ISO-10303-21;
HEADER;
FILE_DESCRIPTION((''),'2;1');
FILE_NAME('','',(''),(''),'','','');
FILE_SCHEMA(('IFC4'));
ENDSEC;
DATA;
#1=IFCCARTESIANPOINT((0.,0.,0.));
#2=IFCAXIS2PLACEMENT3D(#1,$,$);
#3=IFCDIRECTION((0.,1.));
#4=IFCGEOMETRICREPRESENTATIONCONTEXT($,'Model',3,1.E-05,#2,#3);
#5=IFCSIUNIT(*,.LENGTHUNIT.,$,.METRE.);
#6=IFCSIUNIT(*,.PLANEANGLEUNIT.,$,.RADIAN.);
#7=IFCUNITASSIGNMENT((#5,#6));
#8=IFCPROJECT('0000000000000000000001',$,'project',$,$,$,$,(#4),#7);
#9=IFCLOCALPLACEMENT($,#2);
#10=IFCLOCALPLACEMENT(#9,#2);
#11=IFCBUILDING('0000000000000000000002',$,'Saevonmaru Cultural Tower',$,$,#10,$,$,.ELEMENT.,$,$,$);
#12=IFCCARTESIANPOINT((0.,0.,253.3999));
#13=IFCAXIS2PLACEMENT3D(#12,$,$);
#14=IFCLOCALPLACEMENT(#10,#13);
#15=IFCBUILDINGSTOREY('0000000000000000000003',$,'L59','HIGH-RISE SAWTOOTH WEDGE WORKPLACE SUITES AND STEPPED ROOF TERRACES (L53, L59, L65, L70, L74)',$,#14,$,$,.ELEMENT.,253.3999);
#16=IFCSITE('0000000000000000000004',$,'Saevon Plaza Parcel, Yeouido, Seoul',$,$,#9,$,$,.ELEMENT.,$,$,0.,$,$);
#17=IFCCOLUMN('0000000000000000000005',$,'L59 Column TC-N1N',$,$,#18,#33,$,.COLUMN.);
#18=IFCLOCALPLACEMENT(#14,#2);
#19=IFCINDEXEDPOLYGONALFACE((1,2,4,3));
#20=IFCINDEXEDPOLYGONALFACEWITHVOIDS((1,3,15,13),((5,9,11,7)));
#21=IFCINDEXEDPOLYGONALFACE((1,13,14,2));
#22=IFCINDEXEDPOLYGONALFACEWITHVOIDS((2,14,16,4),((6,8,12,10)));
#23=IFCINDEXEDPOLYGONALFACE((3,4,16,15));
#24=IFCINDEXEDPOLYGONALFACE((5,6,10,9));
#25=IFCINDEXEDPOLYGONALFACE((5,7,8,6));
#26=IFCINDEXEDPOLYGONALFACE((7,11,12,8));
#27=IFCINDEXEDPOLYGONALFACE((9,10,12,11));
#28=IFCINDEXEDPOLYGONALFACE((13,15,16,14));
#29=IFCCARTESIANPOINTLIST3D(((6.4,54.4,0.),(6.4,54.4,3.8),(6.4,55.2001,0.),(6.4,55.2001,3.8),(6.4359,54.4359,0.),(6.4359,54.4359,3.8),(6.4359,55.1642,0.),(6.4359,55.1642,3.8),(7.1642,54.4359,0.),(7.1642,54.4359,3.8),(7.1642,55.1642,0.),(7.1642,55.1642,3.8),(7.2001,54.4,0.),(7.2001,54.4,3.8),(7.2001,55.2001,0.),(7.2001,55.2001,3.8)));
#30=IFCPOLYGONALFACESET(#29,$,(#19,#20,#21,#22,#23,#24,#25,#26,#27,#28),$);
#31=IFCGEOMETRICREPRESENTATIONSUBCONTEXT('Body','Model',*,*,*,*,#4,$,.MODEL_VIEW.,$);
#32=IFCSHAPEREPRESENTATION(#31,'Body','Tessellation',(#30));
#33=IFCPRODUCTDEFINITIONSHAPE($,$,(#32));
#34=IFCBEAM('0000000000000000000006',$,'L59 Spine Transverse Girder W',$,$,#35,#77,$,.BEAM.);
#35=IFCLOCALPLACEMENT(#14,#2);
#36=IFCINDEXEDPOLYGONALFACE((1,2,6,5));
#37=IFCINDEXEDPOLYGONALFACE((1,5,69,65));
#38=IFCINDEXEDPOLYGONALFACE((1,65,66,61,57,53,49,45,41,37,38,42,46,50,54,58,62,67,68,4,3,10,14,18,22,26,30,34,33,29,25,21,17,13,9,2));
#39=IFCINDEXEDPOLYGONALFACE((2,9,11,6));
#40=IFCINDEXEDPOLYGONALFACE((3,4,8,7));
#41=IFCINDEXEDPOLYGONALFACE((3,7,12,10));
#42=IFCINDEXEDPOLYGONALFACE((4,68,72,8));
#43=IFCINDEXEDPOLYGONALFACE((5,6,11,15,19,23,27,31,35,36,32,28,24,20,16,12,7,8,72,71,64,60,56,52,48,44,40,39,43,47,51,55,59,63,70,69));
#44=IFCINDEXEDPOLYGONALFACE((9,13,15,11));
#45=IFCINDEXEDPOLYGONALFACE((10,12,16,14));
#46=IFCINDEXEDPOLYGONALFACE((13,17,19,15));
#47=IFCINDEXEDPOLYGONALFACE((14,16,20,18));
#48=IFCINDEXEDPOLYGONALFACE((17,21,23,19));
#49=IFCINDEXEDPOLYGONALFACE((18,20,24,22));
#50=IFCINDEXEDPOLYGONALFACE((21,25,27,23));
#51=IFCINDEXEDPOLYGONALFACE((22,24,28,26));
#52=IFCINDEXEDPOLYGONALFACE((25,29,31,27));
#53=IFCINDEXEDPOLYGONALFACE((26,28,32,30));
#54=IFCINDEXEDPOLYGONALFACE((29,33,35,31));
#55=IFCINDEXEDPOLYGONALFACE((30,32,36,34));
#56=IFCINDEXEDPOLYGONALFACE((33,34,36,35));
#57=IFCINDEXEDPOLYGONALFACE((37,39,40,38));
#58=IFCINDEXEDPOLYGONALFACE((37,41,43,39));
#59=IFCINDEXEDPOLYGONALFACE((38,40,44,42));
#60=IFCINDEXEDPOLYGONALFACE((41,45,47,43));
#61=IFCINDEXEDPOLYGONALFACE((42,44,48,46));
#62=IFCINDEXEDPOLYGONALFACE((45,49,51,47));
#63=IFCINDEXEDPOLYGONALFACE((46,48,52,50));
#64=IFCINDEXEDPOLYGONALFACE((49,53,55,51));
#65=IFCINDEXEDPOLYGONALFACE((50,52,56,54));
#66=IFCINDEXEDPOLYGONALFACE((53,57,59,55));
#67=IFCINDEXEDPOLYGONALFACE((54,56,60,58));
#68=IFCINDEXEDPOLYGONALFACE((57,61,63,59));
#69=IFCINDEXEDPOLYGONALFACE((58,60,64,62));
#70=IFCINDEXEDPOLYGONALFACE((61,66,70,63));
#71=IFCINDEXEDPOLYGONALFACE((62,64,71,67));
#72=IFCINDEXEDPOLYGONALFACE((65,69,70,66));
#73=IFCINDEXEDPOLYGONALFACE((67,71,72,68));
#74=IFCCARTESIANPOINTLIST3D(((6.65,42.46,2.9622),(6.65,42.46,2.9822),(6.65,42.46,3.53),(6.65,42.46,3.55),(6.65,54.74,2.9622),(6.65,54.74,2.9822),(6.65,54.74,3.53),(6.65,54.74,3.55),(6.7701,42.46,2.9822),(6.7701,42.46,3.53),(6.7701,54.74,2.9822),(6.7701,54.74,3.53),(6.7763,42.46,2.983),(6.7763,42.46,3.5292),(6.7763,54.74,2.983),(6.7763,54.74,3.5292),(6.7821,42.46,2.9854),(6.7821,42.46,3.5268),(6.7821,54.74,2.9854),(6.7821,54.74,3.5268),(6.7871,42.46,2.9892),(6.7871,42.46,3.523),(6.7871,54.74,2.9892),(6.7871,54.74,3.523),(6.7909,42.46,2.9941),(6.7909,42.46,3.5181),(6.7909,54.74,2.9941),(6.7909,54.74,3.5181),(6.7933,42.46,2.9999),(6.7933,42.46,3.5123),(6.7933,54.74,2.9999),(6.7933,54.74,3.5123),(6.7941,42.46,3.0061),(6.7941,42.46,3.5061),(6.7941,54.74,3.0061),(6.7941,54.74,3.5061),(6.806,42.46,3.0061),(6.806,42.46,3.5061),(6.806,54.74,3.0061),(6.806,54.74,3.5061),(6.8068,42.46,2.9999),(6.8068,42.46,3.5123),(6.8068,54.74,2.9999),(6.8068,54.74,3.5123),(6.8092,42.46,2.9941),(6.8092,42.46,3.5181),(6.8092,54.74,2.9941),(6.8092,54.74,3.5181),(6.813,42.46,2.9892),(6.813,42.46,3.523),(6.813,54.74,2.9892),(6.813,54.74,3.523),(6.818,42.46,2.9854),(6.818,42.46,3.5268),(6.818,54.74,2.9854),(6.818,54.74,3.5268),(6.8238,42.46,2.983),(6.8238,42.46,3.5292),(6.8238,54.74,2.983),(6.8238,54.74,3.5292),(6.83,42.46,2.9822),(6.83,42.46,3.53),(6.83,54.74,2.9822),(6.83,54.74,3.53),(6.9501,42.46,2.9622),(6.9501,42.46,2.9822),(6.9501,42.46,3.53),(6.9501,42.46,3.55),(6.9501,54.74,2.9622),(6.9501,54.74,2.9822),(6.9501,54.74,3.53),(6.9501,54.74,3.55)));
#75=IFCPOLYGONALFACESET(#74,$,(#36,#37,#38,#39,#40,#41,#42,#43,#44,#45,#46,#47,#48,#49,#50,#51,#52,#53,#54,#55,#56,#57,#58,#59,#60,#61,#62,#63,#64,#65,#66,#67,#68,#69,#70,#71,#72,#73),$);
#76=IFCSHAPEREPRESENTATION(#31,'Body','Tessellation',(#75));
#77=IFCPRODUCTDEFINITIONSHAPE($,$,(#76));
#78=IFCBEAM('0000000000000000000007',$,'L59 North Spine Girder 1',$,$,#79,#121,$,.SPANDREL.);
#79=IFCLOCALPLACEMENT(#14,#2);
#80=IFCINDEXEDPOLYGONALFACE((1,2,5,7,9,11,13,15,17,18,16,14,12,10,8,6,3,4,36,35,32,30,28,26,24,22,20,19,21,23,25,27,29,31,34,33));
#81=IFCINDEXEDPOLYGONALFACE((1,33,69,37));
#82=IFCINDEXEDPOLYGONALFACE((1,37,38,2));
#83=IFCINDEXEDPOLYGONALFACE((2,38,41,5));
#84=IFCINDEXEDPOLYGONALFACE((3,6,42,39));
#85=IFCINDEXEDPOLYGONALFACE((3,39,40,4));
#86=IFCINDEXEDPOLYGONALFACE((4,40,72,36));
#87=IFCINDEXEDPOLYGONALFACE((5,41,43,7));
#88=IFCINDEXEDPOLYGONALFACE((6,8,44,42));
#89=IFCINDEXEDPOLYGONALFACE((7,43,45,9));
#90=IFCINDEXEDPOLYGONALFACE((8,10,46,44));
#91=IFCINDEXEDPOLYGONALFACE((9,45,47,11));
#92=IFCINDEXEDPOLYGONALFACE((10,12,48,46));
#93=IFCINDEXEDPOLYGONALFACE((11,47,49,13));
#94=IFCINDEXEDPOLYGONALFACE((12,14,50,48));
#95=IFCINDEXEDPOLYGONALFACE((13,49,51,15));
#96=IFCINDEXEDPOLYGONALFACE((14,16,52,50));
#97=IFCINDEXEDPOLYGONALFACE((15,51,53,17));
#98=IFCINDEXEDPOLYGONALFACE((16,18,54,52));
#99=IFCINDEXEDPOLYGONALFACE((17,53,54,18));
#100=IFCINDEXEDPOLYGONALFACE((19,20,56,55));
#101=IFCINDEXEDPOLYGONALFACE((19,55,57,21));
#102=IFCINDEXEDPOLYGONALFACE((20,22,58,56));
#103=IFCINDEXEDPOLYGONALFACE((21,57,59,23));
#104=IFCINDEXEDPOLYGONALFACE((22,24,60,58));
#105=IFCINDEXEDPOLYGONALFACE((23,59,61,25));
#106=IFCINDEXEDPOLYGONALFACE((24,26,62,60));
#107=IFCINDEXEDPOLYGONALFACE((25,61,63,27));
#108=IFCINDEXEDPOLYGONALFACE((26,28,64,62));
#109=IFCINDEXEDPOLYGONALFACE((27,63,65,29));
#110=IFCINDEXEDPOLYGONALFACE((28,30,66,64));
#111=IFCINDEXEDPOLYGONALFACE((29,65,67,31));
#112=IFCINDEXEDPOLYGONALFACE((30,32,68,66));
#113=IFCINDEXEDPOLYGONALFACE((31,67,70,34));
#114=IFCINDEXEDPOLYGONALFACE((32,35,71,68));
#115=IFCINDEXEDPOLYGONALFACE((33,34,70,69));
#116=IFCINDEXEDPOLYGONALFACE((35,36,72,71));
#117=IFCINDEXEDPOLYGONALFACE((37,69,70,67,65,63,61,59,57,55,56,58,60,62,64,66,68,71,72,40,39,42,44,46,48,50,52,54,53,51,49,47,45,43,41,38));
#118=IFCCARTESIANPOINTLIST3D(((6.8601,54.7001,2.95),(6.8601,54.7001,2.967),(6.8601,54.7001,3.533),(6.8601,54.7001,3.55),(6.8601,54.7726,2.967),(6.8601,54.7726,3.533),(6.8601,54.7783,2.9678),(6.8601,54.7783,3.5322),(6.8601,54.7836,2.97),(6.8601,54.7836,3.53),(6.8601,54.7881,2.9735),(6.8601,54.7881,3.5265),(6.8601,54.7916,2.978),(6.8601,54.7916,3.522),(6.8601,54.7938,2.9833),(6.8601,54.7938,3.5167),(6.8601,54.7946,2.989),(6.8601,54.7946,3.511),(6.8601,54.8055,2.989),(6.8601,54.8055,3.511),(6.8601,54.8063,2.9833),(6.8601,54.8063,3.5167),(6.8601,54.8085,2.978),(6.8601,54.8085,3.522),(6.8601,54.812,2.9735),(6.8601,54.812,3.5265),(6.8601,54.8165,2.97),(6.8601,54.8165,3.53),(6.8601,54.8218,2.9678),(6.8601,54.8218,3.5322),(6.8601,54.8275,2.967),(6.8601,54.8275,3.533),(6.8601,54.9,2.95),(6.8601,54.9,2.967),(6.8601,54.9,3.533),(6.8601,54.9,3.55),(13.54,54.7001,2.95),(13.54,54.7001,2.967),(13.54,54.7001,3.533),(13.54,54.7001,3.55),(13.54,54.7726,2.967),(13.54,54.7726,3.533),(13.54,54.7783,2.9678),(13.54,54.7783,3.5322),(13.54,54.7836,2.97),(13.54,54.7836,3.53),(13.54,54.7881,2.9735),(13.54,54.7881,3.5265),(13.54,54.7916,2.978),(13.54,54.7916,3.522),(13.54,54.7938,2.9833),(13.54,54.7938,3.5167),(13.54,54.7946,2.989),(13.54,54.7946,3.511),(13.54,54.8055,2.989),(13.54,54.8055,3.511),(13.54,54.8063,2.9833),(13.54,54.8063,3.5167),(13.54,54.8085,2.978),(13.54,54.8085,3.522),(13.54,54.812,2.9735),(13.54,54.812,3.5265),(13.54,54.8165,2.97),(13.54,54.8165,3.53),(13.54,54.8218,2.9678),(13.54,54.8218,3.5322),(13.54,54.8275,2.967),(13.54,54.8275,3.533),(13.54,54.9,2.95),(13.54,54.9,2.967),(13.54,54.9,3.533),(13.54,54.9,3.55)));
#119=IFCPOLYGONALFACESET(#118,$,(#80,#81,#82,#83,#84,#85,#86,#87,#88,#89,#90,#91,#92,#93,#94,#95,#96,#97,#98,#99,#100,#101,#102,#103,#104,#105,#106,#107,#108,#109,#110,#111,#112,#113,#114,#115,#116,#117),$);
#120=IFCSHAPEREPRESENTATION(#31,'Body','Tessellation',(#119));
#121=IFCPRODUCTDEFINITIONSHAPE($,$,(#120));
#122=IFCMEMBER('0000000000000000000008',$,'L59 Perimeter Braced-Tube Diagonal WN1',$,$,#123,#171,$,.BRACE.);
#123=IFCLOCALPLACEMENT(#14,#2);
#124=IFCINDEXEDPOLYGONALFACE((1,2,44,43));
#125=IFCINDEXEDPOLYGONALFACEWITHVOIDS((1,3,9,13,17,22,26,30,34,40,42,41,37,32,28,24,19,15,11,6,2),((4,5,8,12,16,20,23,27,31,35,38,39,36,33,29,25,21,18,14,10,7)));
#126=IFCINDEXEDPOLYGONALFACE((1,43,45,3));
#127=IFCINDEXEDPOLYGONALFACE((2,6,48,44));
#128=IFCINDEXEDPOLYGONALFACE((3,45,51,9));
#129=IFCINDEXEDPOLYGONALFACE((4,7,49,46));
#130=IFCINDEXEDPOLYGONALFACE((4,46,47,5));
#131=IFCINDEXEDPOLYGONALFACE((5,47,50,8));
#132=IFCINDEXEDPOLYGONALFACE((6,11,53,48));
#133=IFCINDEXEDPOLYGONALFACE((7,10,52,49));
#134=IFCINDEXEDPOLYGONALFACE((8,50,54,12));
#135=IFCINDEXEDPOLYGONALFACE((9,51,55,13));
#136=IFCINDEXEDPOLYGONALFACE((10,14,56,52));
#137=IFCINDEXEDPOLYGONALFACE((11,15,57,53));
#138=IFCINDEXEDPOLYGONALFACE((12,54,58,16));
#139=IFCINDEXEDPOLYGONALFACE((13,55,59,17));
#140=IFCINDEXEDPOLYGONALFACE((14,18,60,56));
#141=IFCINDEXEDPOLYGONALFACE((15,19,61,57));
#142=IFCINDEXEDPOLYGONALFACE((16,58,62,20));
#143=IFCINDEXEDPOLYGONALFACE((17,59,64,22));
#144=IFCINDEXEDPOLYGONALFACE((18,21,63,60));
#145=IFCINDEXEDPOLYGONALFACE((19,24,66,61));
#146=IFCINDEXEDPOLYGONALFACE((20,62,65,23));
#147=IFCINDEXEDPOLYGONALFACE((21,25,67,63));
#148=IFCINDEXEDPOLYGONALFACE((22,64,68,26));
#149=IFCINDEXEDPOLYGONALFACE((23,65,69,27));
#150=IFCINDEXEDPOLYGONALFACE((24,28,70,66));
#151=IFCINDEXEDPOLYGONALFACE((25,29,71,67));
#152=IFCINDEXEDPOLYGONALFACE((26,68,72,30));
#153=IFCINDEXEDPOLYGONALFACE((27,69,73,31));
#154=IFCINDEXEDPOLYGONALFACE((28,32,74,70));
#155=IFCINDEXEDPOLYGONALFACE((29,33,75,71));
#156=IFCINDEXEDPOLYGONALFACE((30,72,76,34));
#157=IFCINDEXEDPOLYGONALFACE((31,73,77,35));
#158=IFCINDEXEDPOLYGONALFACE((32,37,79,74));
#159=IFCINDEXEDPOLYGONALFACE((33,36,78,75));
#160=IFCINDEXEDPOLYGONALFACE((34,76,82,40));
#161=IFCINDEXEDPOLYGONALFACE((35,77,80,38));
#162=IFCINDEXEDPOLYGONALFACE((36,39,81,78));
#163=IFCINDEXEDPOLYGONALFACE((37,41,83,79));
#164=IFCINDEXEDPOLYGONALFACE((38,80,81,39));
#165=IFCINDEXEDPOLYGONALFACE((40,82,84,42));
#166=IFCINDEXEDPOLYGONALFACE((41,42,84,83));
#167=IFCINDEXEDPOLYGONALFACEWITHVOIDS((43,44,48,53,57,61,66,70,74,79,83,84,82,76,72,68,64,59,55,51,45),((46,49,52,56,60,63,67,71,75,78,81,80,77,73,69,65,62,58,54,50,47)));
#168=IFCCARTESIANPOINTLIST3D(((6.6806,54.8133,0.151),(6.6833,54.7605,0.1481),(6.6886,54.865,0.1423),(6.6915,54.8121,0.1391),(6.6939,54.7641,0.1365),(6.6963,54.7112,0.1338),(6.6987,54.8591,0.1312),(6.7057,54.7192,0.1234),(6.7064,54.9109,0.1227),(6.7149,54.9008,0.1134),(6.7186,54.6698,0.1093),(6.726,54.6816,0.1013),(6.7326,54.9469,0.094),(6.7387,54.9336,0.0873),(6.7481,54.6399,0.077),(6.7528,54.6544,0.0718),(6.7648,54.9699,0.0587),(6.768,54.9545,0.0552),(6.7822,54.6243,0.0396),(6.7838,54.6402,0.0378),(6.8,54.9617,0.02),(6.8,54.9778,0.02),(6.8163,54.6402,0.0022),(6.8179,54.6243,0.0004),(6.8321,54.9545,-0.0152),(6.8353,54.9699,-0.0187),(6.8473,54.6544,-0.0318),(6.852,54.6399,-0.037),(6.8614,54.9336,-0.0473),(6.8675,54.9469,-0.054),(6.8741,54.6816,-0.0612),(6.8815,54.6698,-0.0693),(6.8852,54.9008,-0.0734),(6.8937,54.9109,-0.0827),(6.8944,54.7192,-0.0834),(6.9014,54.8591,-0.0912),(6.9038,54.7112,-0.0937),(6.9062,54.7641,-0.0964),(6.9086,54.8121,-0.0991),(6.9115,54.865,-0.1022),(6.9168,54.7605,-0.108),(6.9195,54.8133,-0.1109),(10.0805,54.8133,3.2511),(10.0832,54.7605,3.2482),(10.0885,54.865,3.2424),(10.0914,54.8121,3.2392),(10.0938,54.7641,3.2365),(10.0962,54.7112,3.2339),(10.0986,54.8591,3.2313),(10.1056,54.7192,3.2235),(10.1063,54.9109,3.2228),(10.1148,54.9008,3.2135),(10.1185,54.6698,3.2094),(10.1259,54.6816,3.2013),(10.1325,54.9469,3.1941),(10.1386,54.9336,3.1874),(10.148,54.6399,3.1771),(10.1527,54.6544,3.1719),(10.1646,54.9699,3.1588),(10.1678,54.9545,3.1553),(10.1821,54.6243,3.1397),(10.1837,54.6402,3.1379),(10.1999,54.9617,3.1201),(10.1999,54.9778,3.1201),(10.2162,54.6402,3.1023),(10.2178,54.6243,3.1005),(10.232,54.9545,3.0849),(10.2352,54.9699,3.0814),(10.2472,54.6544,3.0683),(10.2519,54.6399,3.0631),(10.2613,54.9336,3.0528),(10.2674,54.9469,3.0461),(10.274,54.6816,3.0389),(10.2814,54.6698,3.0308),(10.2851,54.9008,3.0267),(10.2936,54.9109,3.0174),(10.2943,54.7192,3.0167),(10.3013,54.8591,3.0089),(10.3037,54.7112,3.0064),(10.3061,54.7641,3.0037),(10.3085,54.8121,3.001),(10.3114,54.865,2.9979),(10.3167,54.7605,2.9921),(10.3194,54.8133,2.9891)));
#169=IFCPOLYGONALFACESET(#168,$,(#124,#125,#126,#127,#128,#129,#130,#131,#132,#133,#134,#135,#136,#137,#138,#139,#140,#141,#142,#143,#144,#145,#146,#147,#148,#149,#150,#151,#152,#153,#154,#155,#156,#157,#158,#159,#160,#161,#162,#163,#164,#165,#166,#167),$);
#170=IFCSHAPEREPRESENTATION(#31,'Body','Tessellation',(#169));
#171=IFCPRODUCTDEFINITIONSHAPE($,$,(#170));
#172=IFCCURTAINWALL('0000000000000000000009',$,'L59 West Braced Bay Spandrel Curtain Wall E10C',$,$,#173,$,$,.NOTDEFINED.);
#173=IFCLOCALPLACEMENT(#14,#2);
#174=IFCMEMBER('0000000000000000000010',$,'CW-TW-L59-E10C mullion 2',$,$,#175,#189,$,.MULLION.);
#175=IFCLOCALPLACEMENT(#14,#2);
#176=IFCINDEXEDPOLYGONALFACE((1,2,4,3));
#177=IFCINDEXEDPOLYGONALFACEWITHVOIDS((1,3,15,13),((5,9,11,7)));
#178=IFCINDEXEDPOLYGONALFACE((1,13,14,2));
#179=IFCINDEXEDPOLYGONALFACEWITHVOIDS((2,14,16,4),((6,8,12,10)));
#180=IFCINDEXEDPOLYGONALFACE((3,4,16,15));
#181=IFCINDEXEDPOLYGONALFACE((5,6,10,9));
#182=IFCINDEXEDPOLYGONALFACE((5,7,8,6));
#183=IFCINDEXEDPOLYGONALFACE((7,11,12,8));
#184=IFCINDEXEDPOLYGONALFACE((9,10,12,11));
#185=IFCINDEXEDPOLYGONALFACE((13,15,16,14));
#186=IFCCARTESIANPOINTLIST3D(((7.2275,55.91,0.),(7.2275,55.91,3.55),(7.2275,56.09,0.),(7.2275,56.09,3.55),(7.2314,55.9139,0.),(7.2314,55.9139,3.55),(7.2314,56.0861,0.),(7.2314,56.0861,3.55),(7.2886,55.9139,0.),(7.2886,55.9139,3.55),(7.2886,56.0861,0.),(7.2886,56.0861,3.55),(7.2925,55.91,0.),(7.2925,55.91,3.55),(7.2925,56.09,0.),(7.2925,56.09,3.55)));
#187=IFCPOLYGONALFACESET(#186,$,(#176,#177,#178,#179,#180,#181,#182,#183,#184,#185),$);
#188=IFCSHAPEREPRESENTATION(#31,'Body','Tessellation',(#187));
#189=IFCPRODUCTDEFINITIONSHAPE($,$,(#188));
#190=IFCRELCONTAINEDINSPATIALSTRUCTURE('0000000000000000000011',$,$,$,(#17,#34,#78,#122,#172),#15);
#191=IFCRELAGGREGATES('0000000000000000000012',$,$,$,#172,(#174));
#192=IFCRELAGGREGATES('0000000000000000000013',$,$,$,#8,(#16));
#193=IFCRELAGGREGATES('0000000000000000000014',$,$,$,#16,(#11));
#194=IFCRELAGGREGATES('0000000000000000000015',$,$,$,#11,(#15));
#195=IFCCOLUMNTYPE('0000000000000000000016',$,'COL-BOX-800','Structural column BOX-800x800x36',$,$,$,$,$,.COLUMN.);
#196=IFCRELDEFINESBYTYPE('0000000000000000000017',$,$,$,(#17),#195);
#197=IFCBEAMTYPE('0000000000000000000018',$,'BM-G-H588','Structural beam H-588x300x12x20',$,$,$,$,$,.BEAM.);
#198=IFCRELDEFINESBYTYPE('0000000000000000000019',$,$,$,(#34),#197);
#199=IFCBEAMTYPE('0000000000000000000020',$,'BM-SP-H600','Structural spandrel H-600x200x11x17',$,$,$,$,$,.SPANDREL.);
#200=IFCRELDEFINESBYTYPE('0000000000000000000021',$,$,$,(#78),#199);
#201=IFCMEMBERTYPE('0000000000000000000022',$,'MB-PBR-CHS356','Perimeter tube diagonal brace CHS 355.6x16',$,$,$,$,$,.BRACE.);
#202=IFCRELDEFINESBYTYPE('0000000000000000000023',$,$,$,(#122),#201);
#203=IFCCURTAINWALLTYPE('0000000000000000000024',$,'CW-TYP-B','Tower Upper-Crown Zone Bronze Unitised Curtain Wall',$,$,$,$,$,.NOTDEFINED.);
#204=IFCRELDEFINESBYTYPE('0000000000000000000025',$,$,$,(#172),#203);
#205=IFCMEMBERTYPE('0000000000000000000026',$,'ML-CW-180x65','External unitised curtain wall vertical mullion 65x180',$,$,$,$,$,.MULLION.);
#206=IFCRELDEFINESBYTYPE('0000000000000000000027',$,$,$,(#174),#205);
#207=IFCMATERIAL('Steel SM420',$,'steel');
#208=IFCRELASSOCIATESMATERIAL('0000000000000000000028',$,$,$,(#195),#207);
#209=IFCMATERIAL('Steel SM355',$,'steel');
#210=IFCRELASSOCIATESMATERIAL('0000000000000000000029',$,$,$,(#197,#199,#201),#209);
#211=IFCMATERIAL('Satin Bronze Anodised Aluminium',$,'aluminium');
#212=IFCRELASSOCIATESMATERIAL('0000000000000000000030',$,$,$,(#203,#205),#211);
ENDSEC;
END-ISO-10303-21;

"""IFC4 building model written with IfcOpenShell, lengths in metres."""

from ifc_helpers import new_model, si_unit, direction, frame, origin, origin_2d, place, context, subcontext, project, spatial, hollow_rectangle, hollow_circle, i_section, extrude, material, material_profile, profile_set, type_object, element, aggregate, save


model = new_model("IFC4")

# Units and contexts
model_context = context("Model", 3, precision=1e-05, world=origin(), true_north=direction((0.0, 1.0)))
body_context = subcontext(model_context, "Body", "Model", "MODEL_VIEW")
ifc_project = project(units=[si_unit("LENGTHUNIT", "METRE"), si_unit("PLANEANGLEUNIT", "RADIAN")], contexts=[model_context])

# Site, building, storey
site_placement = place(None, origin())
site = spatial("IfcSite", under=ifc_project, at=site_placement, Name="Saevon Plaza Parcel, Yeouido, Seoul", CompositionType="ELEMENT", RefElevation=0.0)
building_placement = place(site_placement, origin())
building = spatial("IfcBuilding", under=site, at=building_placement, Name="Saevonmaru Cultural Tower", CompositionType="ELEMENT")
storey_placement = place(building_placement, frame((0.0, 0.0, 253.3999)))
storey = spatial("IfcBuildingStorey", under=building, at=storey_placement, Name="L59", Description="HIGH-RISE SAWTOOTH WEDGE WORKPLACE SUITES AND STEPPED ROOF TERRACES (L53, L59, L65, L70, L74)", CompositionType="ELEMENT", Elevation=253.3999)

# Column
ifc_material_1 = material(Name="Steel SM420", Category="steel")
ifc_material_profile_1 = material_profile(ifc_material_1, hollow_rectangle(XDim=0.8, YDim=0.8, WallThickness=0.0359, at=origin_2d()), Name="BOX-800x800x36")
ifc_profile_set_1 = profile_set([ifc_material_profile_1], Name="Steel SM420")
column_type = type_object("IfcColumnType", Name="COL-BOX-800", Description="Structural column BOX-800x800x36", PredefinedType="COLUMN", material=ifc_profile_set_1)
column_placement = place(storey_placement, frame((6.8, 54.8, 0.0), z_axis=(0.0, 0.0, 1.0), x_axis=(1.0, 0.0, 0.0)))
element("IfcColumn", 1, at=column_placement, inside=storey, type_object=column_type, Name="L59 Column TC-N1N", PredefinedType="COLUMN", context=body_context, shape_type="SweptSolid", body=[
    extrude(hollow_rectangle(XDim=0.8, YDim=0.8, WallThickness=0.0359, at=origin_2d()), origin(), (0.0, 0.0, 1.0), 3.8),
])

# Beams
ifc_material_2 = material(Name="Steel SM355", Category="steel")
ifc_material_profile_2 = material_profile(ifc_material_2, i_section(OverallWidth=0.3, OverallDepth=0.5879, WebThickness=0.012, FlangeThickness=0.02, FilletRadius=0.0239, at=origin_2d()), Name="H-588x300x12x20")
ifc_profile_set_2 = profile_set([ifc_material_profile_2], Name="Steel SM355")
beam_type_1 = type_object("IfcBeamType", Name="BM-G-H588", Description="Structural beam H-588x300x12x20", PredefinedType="BEAM", material=ifc_profile_set_2)
beam_1_placement = place(storey_placement, frame((6.8, 54.74, 3.2561), z_axis=(0.0, -1.0, 0.0), x_axis=(1.0, 0.0, 0.0)))
element("IfcBeam", 2, at=beam_1_placement, inside=storey, type_object=beam_type_1, Name="L59 Spine Transverse Girder W", PredefinedType="BEAM", context=body_context, shape_type="SweptSolid", body=[
    extrude(i_section(OverallWidth=0.3, OverallDepth=0.5879, WebThickness=0.012, FlangeThickness=0.02, FilletRadius=0.0239, at=origin_2d()), origin(), (0.0, 0.0, 1.0), 12.28),
])
ifc_material_profile_3 = material_profile(ifc_material_2, i_section(OverallWidth=0.2, OverallDepth=0.6001, WebThickness=0.011, FlangeThickness=0.0171, FilletRadius=0.022, at=origin_2d()), Name="H-600x200x11x17")
ifc_profile_set_3 = profile_set([ifc_material_profile_3], Name="Steel SM355")
beam_type_2 = type_object("IfcBeamType", Name="BM-SP-H600", Description="Structural spandrel H-600x200x11x17", PredefinedType="SPANDREL", material=ifc_profile_set_3)
beam_2_placement = place(storey_placement, frame((6.8601, 54.8, 3.25), z_axis=(1.0, 0.0, 0.0), x_axis=(0.0, 1.0, 0.0)))
element("IfcBeam", 3, at=beam_2_placement, inside=storey, type_object=beam_type_2, Name="L59 North Spine Girder 1", PredefinedType="SPANDREL", context=body_context, shape_type="SweptSolid", body=[
    extrude(i_section(OverallWidth=0.2, OverallDepth=0.6001, WebThickness=0.011, FlangeThickness=0.0171, FilletRadius=0.022, at=origin_2d()), origin(), (0.0, 0.0, 1.0), 6.6799),
])

# Member
ifc_material_profile_4 = material_profile(ifc_material_2, hollow_circle(Radius=0.1777, WallThickness=0.0161, at=origin_2d()), Name="CHS-355.6x16")
ifc_profile_set_4 = profile_set([ifc_material_profile_4], Name="Steel SM355")
member_type_1 = type_object("IfcMemberType", Name="MB-PBR-CHS356", Description="Perimeter tube diagonal brace CHS 355.6x16", PredefinedType="BRACE", material=ifc_profile_set_4)
member_1_placement = place(storey_placement, frame((6.8, 54.8, 0.02), z_axis=(0.738936, 0.0, 0.673776), x_axis=(0.0, 1.0, 0.0)))
element("IfcMember", 4, at=member_1_placement, inside=storey, type_object=member_type_1, Name="L59 Perimeter Braced-Tube Diagonal WN1", PredefinedType="BRACE", context=body_context, shape_type="SweptSolid", body=[
    extrude(hollow_circle(Radius=0.1777, WallThickness=0.0161, at=origin_2d()), origin(), (0.0, 0.0, 1.0), 4.6011),
])

# Curtain wall, member
ifc_material_3 = material(Name="Satin Bronze Anodised Aluminium", Category="aluminium")
curtain_wall_type = type_object("IfcCurtainWallType", Name="CW-TYP-B", Description="Tower Upper-Crown Zone Bronze Unitised Curtain Wall", PredefinedType="NOTDEFINED", material=ifc_material_3)
curtain_wall_1_placement = place(storey_placement, origin())
curtain_wall_1 = element("IfcCurtainWall", 5, at=curtain_wall_1_placement, inside=storey, type_object=curtain_wall_type, Name="L59 West Braced Bay Spandrel Curtain Wall E10C", PredefinedType="NOTDEFINED")
ifc_material_profile_5 = material_profile(ifc_material_3, hollow_rectangle(XDim=0.0649, YDim=0.1799, WallThickness=0.0039, at=origin_2d()), Name="ALU-MULL-180x65x4")
ifc_profile_set_5 = profile_set([ifc_material_profile_5], Name="Satin Bronze Anodised Aluminium")
member_type_2 = type_object("IfcMemberType", Name="ML-CW-180x65", Description="External unitised curtain wall vertical mullion 65x180", PredefinedType="MULLION", material=ifc_profile_set_5)
member_2_placement = place(storey_placement, frame((7.26, 56.0, 0.0), z_axis=(0.0, 0.0, 1.0), x_axis=(-1.0, 0.0, 0.0)))
member_2 = element("IfcMember", 6, at=member_2_placement, type_object=member_type_2, Name="CW-TW-L59-E10C mullion 2", PredefinedType="MULLION", context=body_context, shape_type="SweptSolid", body=[
    extrude(hollow_rectangle(XDim=0.0649, YDim=0.1799, WallThickness=0.0039, at=origin_2d()), origin(), (0.0, 0.0, 1.0), 3.55),
])

aggregate(curtain_wall_1, [member_2])

save(model, "model.ifc")
